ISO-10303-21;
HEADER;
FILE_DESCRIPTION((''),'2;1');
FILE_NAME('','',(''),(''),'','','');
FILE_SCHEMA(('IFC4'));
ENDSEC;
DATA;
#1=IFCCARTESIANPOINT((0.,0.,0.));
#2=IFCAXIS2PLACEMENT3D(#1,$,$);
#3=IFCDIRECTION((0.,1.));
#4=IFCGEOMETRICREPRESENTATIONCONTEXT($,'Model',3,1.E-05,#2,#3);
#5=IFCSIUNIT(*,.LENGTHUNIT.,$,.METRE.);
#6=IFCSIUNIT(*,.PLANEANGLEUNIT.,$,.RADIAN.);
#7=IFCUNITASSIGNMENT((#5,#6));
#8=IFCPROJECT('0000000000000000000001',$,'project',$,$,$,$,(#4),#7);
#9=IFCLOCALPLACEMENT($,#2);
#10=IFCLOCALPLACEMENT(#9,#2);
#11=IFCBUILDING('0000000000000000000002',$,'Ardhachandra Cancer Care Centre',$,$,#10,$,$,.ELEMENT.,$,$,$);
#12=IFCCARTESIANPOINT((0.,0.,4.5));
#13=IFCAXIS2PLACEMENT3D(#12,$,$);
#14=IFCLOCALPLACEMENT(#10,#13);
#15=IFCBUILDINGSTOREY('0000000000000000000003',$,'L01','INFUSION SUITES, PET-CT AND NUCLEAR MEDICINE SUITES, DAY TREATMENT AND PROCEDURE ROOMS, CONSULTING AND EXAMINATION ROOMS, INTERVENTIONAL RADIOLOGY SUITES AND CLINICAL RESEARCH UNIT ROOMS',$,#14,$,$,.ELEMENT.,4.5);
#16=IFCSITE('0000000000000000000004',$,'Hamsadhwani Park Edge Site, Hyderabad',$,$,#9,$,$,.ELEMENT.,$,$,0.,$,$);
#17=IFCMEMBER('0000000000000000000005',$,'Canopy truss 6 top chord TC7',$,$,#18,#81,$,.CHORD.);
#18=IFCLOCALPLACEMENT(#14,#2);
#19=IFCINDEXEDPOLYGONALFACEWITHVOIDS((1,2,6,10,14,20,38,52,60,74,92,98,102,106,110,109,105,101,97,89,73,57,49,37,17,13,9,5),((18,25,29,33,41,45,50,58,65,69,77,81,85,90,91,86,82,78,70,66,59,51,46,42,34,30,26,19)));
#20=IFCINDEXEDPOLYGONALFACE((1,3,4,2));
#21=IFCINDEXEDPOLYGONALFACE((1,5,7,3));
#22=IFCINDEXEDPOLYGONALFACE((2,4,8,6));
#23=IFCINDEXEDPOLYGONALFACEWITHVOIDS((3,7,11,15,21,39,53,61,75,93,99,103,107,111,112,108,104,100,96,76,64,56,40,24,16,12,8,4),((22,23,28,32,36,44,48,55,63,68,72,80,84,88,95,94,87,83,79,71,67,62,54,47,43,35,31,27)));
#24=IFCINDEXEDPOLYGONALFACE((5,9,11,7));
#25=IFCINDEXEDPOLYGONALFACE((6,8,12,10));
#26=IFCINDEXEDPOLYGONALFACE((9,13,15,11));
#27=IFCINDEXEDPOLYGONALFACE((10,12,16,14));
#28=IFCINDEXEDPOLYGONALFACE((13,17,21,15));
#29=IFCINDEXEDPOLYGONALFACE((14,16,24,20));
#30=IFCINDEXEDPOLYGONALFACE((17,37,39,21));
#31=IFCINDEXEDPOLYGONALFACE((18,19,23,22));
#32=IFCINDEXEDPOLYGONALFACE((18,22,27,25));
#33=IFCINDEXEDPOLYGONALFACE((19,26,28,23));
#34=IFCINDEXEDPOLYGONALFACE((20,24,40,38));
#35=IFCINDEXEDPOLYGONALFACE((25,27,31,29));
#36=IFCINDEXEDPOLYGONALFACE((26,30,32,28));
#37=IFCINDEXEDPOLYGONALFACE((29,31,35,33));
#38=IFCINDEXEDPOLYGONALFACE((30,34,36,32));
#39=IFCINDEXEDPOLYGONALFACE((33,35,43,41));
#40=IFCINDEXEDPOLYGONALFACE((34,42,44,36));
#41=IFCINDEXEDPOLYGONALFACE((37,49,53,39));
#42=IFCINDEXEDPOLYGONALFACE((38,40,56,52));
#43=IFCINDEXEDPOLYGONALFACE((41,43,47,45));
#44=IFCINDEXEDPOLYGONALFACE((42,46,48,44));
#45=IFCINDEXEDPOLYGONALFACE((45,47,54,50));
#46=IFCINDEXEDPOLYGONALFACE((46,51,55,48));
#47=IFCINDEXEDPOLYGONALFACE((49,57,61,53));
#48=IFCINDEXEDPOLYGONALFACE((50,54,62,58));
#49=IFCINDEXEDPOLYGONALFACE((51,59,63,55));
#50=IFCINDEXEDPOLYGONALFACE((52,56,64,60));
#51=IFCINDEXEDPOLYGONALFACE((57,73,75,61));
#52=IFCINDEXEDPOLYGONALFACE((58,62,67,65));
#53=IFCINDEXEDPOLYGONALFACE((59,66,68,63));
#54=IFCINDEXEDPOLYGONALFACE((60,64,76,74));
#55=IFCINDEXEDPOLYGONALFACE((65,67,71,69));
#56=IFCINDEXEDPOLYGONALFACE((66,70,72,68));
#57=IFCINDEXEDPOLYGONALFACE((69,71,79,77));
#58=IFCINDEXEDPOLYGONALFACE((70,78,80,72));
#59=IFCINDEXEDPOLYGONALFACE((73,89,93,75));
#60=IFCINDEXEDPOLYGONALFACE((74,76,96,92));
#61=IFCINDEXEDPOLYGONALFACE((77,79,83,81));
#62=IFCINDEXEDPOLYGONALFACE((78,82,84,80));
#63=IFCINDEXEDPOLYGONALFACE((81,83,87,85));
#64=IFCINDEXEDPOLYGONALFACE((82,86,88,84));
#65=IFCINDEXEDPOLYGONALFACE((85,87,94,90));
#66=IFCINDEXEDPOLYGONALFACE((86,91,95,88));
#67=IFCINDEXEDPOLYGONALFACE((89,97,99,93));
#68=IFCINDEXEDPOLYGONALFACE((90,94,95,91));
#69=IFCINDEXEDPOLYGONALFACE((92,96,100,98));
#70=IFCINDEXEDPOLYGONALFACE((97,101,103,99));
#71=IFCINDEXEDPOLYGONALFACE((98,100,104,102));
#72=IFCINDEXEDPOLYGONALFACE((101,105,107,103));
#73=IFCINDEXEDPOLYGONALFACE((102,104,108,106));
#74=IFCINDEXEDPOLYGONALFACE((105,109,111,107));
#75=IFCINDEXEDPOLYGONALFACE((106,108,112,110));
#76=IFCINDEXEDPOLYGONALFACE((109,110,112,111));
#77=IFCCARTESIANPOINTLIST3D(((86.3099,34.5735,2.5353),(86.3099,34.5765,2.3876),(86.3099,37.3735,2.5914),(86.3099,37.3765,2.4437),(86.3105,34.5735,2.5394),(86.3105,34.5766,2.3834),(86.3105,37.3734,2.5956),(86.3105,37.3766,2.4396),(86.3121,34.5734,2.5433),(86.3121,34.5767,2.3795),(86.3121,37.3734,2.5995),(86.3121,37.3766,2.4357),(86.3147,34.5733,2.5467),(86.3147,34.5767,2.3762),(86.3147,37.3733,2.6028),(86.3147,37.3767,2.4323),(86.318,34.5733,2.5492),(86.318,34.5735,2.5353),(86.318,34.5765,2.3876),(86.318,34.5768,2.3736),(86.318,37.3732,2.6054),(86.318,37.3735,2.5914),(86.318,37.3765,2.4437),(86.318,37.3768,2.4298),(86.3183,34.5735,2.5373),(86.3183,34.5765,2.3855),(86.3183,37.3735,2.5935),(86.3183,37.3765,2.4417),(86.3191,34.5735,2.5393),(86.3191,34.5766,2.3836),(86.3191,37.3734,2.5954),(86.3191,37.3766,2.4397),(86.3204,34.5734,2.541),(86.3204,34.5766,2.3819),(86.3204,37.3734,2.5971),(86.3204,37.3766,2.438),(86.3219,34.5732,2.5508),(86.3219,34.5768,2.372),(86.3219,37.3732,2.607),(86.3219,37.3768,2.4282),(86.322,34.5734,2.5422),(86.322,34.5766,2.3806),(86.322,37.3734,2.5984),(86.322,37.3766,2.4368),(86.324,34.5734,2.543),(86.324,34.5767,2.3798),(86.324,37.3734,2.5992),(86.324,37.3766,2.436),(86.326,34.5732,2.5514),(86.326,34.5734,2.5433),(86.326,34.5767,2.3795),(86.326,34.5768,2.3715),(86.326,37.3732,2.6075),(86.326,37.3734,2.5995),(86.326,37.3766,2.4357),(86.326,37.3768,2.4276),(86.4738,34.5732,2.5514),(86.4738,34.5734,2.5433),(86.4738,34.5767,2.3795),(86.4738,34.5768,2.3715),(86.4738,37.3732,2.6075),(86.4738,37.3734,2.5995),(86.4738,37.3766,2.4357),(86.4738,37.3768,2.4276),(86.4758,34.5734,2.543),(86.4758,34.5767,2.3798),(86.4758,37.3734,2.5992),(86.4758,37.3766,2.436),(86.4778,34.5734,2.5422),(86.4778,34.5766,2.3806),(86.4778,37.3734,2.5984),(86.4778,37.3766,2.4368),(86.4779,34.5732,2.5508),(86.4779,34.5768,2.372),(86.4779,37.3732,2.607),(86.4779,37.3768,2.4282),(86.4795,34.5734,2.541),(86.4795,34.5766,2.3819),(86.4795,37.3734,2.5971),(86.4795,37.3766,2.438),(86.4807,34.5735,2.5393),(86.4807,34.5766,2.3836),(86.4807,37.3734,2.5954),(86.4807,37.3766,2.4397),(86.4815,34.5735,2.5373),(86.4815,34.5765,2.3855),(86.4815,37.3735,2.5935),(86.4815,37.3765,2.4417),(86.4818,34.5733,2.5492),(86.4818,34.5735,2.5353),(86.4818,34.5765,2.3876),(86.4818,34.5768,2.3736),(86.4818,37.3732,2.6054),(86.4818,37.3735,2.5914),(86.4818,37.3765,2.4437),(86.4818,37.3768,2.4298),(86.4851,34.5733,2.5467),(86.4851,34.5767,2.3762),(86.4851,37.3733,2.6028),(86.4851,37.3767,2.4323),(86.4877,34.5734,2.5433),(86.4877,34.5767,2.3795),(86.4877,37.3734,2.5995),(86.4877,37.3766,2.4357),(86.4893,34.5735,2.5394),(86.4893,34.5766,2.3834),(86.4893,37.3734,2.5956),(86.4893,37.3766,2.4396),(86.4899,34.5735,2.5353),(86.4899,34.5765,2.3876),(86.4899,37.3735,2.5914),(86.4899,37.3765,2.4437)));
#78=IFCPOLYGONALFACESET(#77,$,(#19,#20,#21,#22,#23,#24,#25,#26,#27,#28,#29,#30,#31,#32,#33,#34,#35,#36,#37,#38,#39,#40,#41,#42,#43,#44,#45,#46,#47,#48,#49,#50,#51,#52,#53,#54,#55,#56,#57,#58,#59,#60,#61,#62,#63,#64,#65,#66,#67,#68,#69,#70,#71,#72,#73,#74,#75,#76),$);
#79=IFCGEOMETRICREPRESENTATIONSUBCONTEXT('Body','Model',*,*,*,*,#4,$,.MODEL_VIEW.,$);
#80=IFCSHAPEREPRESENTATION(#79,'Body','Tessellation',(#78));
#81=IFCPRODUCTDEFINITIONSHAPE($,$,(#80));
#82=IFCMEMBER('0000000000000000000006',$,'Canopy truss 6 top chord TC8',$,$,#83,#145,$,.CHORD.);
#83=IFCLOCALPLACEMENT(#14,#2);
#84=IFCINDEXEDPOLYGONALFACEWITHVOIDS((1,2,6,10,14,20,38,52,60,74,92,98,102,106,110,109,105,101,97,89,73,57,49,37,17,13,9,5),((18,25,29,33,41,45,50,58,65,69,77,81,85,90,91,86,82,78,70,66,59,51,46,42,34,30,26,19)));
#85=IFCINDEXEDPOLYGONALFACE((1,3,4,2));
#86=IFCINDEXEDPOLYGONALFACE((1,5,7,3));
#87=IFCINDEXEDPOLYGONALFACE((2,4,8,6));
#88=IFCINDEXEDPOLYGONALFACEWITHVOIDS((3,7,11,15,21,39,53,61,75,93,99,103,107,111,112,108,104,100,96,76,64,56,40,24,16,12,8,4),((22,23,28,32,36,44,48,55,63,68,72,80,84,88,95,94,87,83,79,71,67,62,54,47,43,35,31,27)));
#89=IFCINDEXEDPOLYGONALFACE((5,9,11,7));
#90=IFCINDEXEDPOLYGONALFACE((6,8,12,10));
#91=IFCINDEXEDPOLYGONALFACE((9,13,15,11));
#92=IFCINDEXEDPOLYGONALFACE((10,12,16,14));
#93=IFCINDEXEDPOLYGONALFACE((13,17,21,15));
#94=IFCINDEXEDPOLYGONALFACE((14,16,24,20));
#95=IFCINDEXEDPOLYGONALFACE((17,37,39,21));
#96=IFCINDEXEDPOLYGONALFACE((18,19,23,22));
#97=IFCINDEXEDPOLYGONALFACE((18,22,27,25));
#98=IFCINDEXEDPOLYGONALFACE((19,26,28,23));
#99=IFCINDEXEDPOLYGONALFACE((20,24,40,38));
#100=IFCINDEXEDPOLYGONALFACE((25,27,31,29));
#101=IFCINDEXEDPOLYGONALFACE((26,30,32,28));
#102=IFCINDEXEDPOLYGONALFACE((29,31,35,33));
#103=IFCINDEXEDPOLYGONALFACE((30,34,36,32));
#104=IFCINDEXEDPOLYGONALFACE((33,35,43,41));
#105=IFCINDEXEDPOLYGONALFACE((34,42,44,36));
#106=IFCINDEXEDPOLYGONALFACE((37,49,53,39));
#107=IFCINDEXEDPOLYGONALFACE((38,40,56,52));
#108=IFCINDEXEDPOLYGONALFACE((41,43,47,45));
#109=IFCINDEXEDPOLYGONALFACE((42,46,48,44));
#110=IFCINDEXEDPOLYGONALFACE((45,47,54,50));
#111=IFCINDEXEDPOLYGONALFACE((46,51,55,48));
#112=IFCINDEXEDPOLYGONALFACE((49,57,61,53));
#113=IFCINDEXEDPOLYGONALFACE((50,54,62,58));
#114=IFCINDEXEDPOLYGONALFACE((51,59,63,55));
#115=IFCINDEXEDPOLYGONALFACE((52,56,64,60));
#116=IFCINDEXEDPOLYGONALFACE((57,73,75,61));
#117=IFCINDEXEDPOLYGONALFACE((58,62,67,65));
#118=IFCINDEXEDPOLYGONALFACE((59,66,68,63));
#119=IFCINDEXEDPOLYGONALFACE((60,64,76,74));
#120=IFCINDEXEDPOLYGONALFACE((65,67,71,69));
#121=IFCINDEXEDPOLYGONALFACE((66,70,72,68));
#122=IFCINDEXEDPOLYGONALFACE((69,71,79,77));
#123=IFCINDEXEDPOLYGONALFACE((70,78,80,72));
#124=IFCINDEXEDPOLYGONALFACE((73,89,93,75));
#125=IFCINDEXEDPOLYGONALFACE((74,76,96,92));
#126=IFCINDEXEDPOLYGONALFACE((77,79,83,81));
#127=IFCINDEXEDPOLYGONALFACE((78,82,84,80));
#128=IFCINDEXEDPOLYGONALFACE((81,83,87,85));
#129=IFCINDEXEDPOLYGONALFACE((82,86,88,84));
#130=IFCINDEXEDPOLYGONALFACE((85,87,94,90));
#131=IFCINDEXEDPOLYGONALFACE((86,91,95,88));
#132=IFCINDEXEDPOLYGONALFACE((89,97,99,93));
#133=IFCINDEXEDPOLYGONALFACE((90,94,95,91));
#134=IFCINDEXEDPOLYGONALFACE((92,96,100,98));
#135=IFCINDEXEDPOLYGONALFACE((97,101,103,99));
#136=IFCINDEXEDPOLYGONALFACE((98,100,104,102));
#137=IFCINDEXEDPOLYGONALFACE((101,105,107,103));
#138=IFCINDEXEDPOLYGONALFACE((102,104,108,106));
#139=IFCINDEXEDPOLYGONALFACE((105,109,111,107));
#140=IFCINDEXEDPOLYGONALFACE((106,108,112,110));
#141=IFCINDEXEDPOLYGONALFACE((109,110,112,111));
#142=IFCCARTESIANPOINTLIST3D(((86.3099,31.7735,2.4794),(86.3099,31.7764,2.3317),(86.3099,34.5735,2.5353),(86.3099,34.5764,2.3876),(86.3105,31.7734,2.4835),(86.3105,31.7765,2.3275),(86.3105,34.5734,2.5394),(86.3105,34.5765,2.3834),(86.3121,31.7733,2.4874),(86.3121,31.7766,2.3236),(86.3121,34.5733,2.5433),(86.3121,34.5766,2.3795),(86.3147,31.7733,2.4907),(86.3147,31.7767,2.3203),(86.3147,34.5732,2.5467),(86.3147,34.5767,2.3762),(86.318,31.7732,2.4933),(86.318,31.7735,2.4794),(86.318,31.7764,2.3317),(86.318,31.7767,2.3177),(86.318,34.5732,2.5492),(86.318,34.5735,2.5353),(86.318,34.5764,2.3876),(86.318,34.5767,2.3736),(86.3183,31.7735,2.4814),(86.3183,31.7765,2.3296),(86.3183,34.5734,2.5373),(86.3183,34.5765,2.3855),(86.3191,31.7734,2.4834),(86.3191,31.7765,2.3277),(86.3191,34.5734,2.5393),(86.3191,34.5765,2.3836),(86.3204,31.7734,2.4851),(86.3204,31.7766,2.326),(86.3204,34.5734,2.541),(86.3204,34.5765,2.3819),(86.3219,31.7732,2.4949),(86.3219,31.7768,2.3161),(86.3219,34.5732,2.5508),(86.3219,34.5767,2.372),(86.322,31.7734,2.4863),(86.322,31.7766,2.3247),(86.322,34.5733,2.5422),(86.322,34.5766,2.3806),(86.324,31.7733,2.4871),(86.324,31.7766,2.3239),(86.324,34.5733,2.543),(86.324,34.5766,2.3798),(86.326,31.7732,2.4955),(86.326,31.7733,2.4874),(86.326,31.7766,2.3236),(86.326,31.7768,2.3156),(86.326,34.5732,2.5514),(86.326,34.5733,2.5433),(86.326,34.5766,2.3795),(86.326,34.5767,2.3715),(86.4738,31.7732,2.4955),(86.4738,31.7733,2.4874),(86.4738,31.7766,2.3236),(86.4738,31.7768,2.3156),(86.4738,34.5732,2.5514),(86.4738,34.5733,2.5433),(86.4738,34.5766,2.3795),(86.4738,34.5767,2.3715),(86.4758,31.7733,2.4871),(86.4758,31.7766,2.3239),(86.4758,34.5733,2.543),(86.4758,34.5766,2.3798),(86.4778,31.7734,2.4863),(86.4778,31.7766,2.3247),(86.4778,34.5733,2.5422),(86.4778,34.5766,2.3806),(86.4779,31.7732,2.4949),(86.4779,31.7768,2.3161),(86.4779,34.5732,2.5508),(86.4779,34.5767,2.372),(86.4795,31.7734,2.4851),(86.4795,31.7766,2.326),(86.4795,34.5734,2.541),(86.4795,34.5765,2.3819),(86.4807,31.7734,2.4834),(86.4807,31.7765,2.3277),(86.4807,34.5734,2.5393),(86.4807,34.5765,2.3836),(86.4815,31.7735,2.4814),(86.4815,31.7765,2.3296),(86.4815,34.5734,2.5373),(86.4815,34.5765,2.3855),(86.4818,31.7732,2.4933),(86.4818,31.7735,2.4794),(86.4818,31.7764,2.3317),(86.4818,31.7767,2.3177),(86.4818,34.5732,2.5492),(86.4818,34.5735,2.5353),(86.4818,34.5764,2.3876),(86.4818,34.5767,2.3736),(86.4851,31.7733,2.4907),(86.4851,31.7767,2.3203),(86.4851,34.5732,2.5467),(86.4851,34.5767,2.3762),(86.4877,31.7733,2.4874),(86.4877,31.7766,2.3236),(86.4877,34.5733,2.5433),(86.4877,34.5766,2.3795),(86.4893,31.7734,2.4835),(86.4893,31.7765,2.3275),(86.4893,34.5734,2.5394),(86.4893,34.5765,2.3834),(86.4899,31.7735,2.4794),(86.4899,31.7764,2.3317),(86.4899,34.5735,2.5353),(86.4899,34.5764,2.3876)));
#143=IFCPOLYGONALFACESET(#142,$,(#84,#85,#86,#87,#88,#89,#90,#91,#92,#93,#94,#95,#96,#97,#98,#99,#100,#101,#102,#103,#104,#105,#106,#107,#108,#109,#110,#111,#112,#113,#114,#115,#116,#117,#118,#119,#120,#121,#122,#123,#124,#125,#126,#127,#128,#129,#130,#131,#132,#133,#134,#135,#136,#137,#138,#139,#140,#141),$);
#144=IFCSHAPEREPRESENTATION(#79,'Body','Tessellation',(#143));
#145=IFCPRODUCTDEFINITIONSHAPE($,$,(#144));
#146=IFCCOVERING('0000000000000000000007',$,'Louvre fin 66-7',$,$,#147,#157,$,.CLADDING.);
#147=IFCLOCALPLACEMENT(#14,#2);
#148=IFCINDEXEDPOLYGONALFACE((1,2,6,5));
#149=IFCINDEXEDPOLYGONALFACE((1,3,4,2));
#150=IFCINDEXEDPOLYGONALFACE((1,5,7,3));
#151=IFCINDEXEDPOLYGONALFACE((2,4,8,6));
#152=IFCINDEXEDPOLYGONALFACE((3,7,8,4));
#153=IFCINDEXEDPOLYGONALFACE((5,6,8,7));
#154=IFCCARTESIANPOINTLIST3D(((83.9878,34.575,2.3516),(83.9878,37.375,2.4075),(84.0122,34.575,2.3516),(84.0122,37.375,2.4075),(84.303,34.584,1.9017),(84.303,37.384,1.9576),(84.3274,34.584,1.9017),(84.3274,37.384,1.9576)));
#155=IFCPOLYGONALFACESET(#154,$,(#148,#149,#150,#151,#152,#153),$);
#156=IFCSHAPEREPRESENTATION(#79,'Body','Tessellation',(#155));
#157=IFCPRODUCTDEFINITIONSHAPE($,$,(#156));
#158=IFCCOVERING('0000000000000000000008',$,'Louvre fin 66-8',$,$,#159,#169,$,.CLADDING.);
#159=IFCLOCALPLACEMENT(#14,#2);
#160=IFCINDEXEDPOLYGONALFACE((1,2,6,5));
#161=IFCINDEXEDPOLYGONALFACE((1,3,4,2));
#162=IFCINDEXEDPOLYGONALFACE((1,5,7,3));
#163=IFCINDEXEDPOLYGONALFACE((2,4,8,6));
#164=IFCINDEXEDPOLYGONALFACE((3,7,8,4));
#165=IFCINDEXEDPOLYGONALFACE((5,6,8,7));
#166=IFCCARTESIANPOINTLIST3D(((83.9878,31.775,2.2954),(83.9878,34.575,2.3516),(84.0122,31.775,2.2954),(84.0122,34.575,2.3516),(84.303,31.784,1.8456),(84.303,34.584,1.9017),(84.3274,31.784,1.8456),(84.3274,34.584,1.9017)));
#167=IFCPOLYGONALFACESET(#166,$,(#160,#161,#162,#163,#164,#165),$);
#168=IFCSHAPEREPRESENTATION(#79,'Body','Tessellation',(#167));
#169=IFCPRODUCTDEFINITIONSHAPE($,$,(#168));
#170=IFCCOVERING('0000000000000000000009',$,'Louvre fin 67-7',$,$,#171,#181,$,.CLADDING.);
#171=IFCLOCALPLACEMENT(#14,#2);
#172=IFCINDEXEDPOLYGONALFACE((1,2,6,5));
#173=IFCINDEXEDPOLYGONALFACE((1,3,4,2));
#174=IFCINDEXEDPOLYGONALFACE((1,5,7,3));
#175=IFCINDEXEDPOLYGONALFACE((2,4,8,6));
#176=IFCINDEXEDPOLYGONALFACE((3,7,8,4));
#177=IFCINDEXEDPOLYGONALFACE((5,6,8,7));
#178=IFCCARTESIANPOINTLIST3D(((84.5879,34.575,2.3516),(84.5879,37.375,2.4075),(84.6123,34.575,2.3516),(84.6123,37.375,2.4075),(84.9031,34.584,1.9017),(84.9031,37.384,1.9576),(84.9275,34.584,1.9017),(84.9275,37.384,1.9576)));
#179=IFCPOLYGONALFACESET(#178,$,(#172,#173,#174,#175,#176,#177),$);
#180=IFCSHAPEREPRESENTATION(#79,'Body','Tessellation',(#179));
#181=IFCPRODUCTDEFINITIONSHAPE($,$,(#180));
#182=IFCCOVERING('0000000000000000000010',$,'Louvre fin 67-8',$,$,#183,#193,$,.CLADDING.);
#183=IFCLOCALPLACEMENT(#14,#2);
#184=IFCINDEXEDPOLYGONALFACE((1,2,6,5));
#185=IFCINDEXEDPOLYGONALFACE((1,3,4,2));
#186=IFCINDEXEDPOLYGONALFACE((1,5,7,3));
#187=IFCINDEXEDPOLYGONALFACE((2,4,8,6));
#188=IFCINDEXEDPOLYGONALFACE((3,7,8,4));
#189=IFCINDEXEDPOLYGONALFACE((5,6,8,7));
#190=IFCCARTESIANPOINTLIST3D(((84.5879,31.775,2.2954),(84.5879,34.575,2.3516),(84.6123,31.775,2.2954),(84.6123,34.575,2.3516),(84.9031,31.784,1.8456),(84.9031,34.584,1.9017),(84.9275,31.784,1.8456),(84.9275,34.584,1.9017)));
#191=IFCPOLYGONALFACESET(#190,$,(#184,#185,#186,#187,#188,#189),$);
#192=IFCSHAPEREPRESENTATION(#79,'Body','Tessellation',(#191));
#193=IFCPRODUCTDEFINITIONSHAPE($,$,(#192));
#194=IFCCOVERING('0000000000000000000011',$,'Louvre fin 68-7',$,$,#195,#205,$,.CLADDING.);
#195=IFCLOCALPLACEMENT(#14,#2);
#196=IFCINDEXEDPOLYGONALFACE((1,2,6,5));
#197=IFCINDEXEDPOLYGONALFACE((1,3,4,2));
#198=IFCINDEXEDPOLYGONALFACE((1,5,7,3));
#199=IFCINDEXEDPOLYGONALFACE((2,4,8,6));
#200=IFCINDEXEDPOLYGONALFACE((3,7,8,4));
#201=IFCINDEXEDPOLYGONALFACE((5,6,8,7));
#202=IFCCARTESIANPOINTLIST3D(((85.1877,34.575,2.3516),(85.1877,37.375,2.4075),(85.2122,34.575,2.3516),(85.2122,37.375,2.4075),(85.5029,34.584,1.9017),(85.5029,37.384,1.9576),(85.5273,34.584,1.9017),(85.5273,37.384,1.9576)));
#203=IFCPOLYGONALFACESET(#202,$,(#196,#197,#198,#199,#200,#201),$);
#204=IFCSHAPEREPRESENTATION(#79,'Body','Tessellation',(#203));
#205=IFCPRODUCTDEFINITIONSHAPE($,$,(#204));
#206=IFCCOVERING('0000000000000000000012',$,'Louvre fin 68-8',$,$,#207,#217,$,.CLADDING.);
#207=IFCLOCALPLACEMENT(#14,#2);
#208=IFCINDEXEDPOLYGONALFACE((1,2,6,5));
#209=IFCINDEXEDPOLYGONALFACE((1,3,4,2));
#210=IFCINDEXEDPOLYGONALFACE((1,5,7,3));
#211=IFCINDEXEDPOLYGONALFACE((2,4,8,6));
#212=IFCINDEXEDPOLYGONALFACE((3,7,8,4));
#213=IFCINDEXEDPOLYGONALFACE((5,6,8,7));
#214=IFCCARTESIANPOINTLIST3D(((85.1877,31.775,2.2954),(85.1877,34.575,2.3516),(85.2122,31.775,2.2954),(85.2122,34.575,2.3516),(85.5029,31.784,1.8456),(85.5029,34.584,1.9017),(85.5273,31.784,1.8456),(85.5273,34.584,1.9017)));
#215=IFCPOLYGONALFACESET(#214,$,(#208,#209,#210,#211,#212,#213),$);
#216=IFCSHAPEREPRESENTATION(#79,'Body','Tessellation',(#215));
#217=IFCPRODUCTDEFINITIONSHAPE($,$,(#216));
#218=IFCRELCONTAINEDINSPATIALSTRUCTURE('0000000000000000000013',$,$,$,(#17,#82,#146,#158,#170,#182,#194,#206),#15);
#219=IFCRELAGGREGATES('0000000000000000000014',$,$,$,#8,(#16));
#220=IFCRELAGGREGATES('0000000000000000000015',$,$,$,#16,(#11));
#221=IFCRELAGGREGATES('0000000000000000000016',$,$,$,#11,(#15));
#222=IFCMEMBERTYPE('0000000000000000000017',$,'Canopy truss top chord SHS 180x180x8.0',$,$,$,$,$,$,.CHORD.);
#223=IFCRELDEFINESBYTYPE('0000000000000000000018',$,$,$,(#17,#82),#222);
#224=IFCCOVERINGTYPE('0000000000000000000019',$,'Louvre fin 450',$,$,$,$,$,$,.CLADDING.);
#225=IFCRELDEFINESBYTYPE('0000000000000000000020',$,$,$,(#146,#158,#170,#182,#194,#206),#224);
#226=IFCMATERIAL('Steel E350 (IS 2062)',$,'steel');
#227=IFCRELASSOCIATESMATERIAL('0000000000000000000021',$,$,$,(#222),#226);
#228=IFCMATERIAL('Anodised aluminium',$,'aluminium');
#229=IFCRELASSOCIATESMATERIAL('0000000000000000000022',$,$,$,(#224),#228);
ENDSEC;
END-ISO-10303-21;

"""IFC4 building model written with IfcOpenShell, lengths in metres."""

from ifc_helpers import new_model, si_unit, direction, frame, origin, origin_2d, place, context, subcontext, project, spatial, polyline, hollow_rectangle, outline, extrude, material, material_profile, profile_set, type_object, element, save


model = new_model("IFC4")

# Units and contexts
model_context = context("Model", 3, precision=1e-05, world=origin(), true_north=direction((0.0, 1.0)))
body_context = subcontext(model_context, "Body", "Model", "MODEL_VIEW")
ifc_project = project(units=[si_unit("LENGTHUNIT", "METRE"), si_unit("PLANEANGLEUNIT", "RADIAN")], contexts=[model_context])

# Site, building, storey
site_placement = place(None, origin())
site = spatial("IfcSite", under=ifc_project, at=site_placement, Name="Hamsadhwani Park Edge Site, Hyderabad", CompositionType="ELEMENT", RefElevation=0.0)
building_placement = place(site_placement, origin())
building = spatial("IfcBuilding", under=site, at=building_placement, Name="Ardhachandra Cancer Care Centre", CompositionType="ELEMENT")
storey_placement = place(building_placement, frame((0.0, 0.0, 4.5)))
storey = spatial("IfcBuildingStorey", under=building, at=storey_placement, Name="L01", Description="INFUSION SUITES, PET-CT AND NUCLEAR MEDICINE SUITES, DAY TREATMENT AND PROCEDURE ROOMS, CONSULTING AND EXAMINATION ROOMS, INTERVENTIONAL RADIOLOGY SUITES AND CLINICAL RESEARCH UNIT ROOMS", CompositionType="ELEMENT", Elevation=4.5)

# Members
ifc_material_1 = material(Name="Steel E350 (IS 2062)", Category="steel")
ifc_material_profile_1 = material_profile(ifc_material_1, hollow_rectangle(XDim=0.1799, YDim=0.1799, WallThickness=0.0081, InnerFilletRadius=0.0081, OuterFilletRadius=0.0161, at=origin_2d()), Name="SHS 180x180x8.0")
ifc_profile_set_1 = profile_set([ifc_material_profile_1], Name="Steel E350 (IS 2062)")
member_type_1 = type_object("IfcMemberType", Name="Canopy truss top chord SHS 180x180x8.0", PredefinedType="CHORD", material=ifc_profile_set_1)
for number, where, z_axis, x_axis, name in (
    (1, (86.3999, 37.375, 2.5176), (0.0, -0.999799, -0.02005), (1.0, 0.0, 0.0), "Canopy truss 6 top chord TC7"),
    (2, (86.3999, 34.575, 2.4614), (0.0, -0.999801, -0.019963), (1.0, 0.0, 0.0), "Canopy truss 6 top chord TC8"),
):
    element("IfcMember", number, at=place(storey_placement, frame(where, z_axis=z_axis, x_axis=x_axis)), inside=storey, type_object=member_type_1, Name=name, PredefinedType="CHORD", context=body_context, shape_type="SweptSolid", body=[
        extrude(hollow_rectangle(XDim=0.1799, YDim=0.1799, WallThickness=0.0081, InnerFilletRadius=0.0081, OuterFilletRadius=0.0161, at=origin_2d()), origin(), (0.0, 0.0, 1.0), 2.8005),
    ])

# Coverings
ifc_material_2 = material(Name="Anodised aluminium", Category="aluminium")
ifc_material_profile_2 = material_profile(ifc_material_2, outline(polyline([(-0.0122, 0.0), (0.0122, 0.0), (0.3274, -0.45), (0.303, -0.45), (-0.0122, 0.0)])), Name="Louvre fin 450")
ifc_profile_set_2 = profile_set([ifc_material_profile_2], Name="Anodised aluminium")
covering_type = type_object("IfcCoveringType", Name="Louvre fin 450", PredefinedType="CLADDING", material=ifc_profile_set_2)
for number, where, z_axis, x_axis, name in (
    (3, (84.0, 37.375, 2.4075), (0.0, -0.999801, -0.019963), (1.0, 0.0, 0.0), "Louvre fin 66-7"),
    (4, (84.0, 34.575, 2.3516), (0.0, -0.999799, -0.02005), (1.0, 0.0, 0.0), "Louvre fin 66-8"),
    (5, (84.6001, 37.375, 2.4075), (0.0, -0.999801, -0.019963), (1.0, 0.0, 0.0), "Louvre fin 67-7"),
    (6, (84.6001, 34.575, 2.3516), (0.0, -0.999799, -0.02005), (1.0, 0.0, 0.0), "Louvre fin 67-8"),
    (7, (85.2, 37.375, 2.4075), (0.0, -0.999801, -0.019963), (1.0, 0.0, 0.0), "Louvre fin 68-7"),
    (8, (85.2, 34.575, 2.3516), (0.0, -0.999799, -0.02005), (1.0, 0.0, 0.0), "Louvre fin 68-8"),
):
    element("IfcCovering", number, at=place(storey_placement, frame(where, z_axis=z_axis, x_axis=x_axis)), inside=storey, type_object=covering_type, Name=name, PredefinedType="CLADDING", context=body_context, shape_type="SweptSolid", body=[
        extrude(outline(polyline([(-0.0122, 0.0), (0.0122, 0.0), (0.3274, -0.45), (0.303, -0.45), (-0.0122, 0.0)])), origin(), (0.0, 0.0, 1.0), 2.8005),
    ])

save(model, "model.ifc")
